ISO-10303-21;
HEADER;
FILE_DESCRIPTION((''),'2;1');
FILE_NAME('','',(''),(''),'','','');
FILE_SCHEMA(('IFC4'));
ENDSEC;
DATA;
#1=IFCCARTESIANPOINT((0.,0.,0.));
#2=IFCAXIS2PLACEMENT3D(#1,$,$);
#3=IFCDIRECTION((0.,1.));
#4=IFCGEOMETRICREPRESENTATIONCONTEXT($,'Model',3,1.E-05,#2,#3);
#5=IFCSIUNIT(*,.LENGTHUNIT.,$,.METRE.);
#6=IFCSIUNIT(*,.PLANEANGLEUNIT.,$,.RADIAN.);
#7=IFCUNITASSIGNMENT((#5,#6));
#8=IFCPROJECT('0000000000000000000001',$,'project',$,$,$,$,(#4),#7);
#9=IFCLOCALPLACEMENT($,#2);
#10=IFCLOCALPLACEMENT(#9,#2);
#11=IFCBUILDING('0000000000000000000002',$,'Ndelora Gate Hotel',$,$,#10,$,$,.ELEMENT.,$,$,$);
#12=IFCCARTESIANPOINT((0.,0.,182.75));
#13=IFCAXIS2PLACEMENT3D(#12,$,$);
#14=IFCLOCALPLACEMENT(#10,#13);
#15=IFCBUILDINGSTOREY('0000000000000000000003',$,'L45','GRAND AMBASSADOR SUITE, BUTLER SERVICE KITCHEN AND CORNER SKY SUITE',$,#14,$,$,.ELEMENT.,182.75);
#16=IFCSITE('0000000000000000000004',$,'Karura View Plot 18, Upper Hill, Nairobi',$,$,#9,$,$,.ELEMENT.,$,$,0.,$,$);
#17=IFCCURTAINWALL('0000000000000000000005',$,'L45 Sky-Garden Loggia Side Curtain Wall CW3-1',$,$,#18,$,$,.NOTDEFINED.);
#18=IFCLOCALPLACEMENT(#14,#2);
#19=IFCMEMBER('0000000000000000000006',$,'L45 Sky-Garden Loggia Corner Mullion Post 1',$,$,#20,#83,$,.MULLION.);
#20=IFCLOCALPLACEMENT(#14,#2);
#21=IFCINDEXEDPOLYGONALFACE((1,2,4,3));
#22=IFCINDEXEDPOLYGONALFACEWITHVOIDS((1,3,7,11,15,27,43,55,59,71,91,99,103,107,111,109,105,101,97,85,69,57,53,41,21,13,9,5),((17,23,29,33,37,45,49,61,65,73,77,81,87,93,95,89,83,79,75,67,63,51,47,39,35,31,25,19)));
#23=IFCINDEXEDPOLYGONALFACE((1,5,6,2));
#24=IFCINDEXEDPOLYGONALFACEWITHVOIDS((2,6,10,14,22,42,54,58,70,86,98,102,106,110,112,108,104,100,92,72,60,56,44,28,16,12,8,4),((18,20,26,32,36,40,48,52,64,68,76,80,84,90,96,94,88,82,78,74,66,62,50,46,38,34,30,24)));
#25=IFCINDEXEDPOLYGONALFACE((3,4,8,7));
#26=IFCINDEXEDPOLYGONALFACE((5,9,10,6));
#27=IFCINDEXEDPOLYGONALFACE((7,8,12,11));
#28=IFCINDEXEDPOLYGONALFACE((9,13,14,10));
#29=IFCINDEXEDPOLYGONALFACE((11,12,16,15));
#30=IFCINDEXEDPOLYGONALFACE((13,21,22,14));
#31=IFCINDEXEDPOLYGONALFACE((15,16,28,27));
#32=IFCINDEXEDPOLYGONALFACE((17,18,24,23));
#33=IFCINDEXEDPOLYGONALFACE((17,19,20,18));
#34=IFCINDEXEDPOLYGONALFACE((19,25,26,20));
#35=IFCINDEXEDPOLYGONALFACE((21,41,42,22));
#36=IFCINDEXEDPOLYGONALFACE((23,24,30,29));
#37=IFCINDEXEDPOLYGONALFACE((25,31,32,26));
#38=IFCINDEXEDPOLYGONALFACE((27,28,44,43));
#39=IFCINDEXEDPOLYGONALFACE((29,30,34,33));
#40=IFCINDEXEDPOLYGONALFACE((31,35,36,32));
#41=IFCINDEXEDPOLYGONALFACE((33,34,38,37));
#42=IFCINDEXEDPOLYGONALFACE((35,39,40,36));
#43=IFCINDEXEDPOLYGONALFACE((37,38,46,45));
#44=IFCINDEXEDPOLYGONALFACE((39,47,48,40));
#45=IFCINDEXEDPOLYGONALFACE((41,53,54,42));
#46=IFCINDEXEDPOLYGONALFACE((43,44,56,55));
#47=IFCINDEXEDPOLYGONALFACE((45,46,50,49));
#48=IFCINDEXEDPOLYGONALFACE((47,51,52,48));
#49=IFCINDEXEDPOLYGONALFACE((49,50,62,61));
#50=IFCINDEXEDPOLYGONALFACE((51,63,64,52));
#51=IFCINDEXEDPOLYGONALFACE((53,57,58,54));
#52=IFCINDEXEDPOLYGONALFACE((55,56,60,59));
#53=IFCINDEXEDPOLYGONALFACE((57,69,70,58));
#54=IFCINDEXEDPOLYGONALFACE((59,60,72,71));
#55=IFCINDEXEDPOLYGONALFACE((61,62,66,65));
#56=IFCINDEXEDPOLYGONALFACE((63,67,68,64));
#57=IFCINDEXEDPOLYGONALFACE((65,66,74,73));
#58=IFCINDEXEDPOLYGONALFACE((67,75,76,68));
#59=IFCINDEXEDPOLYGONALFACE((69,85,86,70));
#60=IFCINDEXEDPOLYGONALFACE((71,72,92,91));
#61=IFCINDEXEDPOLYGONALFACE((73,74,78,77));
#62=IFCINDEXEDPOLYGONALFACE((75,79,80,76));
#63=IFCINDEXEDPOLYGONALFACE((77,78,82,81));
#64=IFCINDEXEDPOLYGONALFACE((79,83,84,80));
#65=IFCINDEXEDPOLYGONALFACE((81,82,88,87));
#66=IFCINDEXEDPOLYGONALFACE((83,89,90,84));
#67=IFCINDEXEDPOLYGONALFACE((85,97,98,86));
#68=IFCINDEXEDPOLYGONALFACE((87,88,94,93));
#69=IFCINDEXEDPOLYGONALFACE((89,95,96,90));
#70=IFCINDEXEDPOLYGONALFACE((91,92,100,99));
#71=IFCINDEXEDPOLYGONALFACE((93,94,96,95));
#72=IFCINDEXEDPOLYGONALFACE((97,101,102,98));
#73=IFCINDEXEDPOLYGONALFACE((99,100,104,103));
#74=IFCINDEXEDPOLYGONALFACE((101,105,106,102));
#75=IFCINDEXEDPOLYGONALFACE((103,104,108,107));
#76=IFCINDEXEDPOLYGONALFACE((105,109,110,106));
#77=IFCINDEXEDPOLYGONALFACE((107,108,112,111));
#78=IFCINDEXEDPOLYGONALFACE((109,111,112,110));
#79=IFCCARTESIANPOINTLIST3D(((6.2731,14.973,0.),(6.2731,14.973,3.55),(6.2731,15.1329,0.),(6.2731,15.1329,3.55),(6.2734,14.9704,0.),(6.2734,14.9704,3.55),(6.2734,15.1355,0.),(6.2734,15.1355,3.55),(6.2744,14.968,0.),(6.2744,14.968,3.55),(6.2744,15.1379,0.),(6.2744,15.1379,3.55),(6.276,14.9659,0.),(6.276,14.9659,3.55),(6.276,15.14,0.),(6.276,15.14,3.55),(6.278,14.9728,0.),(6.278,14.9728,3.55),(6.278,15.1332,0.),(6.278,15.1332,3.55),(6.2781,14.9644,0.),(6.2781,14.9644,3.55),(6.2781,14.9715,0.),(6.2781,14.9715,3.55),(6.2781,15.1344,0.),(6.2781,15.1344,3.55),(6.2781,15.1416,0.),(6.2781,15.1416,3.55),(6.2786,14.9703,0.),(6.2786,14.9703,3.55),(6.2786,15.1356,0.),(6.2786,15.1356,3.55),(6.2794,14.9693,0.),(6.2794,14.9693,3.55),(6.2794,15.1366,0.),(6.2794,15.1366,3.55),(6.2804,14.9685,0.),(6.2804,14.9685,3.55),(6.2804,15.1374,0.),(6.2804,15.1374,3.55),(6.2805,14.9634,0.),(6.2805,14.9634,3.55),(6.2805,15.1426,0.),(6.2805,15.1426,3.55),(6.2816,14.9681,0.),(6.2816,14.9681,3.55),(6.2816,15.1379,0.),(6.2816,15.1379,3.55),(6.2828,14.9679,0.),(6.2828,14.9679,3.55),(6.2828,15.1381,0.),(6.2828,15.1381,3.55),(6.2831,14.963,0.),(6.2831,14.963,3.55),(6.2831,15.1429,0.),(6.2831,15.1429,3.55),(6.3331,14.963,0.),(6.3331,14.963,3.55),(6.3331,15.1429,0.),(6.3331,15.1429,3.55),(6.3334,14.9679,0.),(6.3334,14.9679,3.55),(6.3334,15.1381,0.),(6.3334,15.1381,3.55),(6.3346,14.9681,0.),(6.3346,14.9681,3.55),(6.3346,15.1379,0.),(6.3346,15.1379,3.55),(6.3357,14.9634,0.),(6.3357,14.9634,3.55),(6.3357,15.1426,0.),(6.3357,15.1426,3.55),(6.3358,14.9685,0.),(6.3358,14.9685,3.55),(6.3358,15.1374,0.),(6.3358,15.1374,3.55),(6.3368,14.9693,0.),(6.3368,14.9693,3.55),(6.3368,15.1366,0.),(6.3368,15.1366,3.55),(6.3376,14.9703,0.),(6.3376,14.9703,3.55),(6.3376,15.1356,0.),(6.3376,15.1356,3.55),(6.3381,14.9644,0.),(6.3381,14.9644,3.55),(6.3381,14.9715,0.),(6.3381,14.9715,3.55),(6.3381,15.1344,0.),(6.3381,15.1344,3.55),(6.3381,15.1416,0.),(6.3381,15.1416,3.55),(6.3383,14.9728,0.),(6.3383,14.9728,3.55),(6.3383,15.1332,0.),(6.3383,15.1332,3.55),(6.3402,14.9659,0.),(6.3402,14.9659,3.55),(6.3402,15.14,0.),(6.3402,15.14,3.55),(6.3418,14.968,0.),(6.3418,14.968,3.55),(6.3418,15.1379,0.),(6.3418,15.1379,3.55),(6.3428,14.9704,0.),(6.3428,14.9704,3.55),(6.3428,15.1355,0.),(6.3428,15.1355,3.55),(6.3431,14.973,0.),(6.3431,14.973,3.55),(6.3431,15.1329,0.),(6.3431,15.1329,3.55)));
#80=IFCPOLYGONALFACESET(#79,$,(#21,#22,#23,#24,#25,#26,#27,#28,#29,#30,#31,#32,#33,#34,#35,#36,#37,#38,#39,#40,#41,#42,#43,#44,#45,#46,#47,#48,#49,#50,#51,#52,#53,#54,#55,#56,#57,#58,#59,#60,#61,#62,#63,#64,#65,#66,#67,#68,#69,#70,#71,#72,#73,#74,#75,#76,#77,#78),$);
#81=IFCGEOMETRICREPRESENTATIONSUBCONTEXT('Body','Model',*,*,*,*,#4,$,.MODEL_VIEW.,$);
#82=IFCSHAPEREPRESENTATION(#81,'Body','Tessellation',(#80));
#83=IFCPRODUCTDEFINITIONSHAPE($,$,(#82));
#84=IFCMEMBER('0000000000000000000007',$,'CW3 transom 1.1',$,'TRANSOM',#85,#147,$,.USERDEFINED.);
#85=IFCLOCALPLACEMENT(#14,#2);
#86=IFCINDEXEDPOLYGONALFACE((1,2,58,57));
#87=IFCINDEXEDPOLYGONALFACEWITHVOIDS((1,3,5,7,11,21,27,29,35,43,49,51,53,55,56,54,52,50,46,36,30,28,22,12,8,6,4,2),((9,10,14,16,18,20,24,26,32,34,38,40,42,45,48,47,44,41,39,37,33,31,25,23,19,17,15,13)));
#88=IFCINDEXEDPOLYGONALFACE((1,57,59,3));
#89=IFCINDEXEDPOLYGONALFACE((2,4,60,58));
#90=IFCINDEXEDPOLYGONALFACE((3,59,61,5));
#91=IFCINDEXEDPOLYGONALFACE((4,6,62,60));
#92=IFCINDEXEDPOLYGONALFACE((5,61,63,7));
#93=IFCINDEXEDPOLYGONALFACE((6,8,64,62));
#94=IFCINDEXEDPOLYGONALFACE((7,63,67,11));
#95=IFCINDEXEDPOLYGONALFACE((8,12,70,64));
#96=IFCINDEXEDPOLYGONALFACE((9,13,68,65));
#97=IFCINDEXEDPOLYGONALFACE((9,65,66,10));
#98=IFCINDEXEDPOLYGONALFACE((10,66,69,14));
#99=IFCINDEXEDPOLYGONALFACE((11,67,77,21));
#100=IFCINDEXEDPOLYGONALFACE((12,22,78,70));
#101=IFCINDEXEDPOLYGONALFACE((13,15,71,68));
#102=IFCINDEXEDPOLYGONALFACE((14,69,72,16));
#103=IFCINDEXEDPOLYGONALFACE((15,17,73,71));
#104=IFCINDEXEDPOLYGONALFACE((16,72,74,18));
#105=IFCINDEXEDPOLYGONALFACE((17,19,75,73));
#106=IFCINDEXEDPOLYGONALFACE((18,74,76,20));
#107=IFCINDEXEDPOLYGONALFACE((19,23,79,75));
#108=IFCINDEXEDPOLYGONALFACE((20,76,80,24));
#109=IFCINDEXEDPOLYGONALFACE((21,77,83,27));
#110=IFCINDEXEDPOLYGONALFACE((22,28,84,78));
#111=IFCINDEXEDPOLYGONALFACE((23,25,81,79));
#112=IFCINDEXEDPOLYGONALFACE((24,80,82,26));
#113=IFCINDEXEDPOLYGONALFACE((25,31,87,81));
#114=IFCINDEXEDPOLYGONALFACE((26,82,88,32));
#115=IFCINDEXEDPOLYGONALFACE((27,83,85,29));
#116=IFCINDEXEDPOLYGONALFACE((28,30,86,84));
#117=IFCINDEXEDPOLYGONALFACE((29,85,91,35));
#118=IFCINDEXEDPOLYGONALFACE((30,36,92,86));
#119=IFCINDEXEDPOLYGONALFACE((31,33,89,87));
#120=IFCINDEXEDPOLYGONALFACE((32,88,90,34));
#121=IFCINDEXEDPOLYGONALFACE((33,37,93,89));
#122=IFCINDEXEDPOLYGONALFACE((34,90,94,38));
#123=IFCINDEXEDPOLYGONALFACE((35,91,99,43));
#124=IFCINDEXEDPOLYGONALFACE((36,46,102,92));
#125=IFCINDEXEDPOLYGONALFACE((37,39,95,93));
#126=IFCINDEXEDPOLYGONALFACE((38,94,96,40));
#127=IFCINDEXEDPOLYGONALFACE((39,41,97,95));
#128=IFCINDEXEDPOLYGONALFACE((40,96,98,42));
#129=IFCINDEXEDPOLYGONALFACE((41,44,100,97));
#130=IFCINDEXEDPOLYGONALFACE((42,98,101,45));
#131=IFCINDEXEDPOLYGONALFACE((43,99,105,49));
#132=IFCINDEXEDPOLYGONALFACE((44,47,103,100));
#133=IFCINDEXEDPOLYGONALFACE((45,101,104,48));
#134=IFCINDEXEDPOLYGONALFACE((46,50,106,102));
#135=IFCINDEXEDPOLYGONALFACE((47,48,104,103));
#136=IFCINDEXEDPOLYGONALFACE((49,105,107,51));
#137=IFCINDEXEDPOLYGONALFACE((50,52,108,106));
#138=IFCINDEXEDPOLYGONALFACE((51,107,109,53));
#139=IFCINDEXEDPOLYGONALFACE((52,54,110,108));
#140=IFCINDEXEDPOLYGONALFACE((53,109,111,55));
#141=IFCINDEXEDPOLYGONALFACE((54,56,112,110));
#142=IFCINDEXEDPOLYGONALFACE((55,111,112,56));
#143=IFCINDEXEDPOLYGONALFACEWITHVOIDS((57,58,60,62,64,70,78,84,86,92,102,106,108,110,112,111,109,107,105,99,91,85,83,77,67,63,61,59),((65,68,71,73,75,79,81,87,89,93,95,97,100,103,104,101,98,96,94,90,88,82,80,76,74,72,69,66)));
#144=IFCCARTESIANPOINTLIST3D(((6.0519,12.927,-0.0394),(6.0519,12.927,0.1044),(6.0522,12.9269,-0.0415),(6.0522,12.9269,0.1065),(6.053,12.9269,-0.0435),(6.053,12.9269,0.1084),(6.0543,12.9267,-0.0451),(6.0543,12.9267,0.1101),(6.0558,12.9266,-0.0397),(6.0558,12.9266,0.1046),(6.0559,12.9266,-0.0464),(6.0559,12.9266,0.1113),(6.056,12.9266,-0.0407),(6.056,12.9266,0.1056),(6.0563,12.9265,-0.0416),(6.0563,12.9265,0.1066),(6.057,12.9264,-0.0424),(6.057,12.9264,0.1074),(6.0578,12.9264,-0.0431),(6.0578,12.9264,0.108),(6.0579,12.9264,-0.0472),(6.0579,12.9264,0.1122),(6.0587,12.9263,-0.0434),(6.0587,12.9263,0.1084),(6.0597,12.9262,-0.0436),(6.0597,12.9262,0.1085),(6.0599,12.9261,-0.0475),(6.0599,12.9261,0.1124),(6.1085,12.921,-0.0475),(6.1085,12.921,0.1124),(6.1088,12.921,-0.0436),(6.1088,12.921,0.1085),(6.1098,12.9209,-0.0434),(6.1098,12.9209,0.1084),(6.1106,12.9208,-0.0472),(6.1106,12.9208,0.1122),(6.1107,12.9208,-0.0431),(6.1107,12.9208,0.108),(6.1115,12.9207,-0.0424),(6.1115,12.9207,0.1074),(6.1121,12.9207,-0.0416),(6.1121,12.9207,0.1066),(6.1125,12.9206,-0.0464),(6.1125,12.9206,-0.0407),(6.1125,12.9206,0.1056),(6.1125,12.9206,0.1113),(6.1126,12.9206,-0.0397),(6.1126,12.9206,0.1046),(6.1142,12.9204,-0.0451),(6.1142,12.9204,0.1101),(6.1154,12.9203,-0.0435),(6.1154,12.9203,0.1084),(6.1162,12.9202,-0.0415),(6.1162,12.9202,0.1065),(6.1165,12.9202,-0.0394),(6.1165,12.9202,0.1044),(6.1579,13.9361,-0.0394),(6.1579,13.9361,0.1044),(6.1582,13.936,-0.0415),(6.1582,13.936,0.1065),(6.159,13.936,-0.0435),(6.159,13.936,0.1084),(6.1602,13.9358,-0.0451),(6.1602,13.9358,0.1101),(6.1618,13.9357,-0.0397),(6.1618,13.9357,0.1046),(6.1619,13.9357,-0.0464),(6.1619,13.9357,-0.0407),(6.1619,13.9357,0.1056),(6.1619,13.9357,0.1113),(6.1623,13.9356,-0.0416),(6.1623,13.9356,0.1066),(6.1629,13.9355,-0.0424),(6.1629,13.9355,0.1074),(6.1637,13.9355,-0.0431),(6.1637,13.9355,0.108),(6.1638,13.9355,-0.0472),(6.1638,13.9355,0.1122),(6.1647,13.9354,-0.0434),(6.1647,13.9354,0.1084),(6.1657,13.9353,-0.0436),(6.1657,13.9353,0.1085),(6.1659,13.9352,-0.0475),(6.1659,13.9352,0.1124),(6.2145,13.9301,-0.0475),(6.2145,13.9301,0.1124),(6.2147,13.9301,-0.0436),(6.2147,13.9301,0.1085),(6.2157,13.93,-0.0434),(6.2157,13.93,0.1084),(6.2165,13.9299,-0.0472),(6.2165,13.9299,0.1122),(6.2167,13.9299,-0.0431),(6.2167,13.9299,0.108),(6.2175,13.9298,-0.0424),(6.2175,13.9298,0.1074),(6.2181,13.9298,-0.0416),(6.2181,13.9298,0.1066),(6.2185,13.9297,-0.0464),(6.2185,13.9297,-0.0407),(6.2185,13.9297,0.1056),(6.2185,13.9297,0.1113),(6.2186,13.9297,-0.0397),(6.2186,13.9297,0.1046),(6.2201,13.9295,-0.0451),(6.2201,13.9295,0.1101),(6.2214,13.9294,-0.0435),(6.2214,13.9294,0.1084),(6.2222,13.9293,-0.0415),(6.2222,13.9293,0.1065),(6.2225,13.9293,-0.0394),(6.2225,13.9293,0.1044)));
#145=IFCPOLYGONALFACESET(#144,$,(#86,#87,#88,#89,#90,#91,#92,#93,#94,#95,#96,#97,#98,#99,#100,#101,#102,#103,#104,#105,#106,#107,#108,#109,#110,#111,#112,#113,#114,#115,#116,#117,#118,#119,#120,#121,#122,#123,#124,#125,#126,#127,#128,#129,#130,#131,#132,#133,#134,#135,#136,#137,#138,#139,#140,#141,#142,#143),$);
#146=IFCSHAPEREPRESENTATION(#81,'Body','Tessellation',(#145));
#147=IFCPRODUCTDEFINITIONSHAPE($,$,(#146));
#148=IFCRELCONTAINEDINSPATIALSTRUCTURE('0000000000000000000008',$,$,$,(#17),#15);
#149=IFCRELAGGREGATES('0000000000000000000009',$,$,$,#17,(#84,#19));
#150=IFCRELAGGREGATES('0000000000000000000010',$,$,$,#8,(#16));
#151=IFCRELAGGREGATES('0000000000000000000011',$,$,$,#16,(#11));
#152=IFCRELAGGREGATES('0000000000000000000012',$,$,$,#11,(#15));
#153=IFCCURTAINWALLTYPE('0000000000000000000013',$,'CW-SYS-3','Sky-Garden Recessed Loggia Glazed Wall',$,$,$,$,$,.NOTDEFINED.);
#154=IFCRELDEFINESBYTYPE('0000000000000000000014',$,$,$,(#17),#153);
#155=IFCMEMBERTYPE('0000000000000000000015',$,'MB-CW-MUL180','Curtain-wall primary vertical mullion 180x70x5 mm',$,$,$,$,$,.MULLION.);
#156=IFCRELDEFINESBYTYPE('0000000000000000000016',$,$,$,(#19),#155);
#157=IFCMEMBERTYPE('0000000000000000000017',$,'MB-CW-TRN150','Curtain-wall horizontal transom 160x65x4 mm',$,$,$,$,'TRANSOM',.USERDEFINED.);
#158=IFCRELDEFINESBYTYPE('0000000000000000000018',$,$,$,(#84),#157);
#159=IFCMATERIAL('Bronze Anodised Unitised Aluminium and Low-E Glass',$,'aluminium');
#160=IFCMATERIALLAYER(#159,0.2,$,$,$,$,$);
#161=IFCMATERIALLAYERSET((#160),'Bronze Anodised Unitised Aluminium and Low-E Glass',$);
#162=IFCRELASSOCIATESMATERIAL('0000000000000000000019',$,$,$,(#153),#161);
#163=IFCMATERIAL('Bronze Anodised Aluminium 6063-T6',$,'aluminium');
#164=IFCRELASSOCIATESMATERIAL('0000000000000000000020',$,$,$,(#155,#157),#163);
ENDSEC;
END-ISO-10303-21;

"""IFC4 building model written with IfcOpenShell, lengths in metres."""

from ifc_helpers import new_model, si_unit, direction, frame, origin, origin_2d, place, context, subcontext, project, spatial, hollow_rectangle, extrude, material, layer, layer_set, material_profile, profile_set, type_object, element, aggregate, save


model = new_model("IFC4")

# Units and contexts
model_context = context("Model", 3, precision=1e-05, world=origin(), true_north=direction((0.0, 1.0)))
body_context = subcontext(model_context, "Body", "Model", "MODEL_VIEW")
ifc_project = project(units=[si_unit("LENGTHUNIT", "METRE"), si_unit("PLANEANGLEUNIT", "RADIAN")], contexts=[model_context])

# Site, building, storey
site_placement = place(None, origin())
site = spatial("IfcSite", under=ifc_project, at=site_placement, Name="Karura View Plot 18, Upper Hill, Nairobi", CompositionType="ELEMENT", RefElevation=0.0)
building_placement = place(site_placement, origin())
building = spatial("IfcBuilding", under=site, at=building_placement, Name="Ndelora Gate Hotel", CompositionType="ELEMENT")
storey_placement = place(building_placement, frame((0.0, 0.0, 182.75)))
storey = spatial("IfcBuildingStorey", under=building, at=storey_placement, Name="L45", Description="GRAND AMBASSADOR SUITE, BUTLER SERVICE KITCHEN AND CORNER SKY SUITE", CompositionType="ELEMENT", Elevation=182.75)

# Curtain wall, members
ifc_material_1 = material(Name="Bronze Anodised Unitised Aluminium and Low-E Glass", Category="aluminium")
ifc_layer_1 = layer(ifc_material_1, 0.2)
ifc_layer_set_1 = layer_set([ifc_layer_1], Name="Bronze Anodised Unitised Aluminium and Low-E Glass")
curtain_wall_type = type_object("IfcCurtainWallType", Name="CW-SYS-3", Description="Sky-Garden Recessed Loggia Glazed Wall", PredefinedType="NOTDEFINED", material=ifc_layer_set_1)
curtain_wall_placement = place(storey_placement, origin())
curtain_wall = element("IfcCurtainWall", 1, at=curtain_wall_placement, inside=storey, type_object=curtain_wall_type, Name="L45 Sky-Garden Loggia Side Curtain Wall CW3-1", PredefinedType="NOTDEFINED")
ifc_material_2 = material(Name="Bronze Anodised Aluminium 6063-T6", Category="aluminium")
ifc_material_profile_1 = material_profile(ifc_material_2, hollow_rectangle(XDim=0.0701, YDim=0.1799, WallThickness=0.0049, InnerFilletRadius=0.0049, OuterFilletRadius=0.01, at=origin_2d()), Name="ALU 180x70x5")
ifc_profile_set_1 = profile_set([ifc_material_profile_1], Name="Bronze Anodised Aluminium 6063-T6")
member_type_1 = type_object("IfcMemberType", Name="MB-CW-MUL180", Description="Curtain-wall primary vertical mullion 180x70x5 mm", PredefinedType="MULLION", material=ifc_profile_set_1)
member_1_placement = place(storey_placement, frame((6.3081, 15.053, 0.0), z_axis=(0.0, 0.0, 1.0), x_axis=(1.0, 0.0, 0.0)))
member_1 = element("IfcMember", 2, at=member_1_placement, type_object=member_type_1, Name="L45 Sky-Garden Loggia Corner Mullion Post 1", PredefinedType="MULLION", context=body_context, shape_type="SweptSolid", body=[
    extrude(hollow_rectangle(XDim=0.0701, YDim=0.1799, WallThickness=0.0049, InnerFilletRadius=0.0049, OuterFilletRadius=0.01, at=origin_2d()), origin(), (0.0, 0.0, 1.0), 3.55),
])
ifc_material_profile_2 = material_profile(ifc_material_2, hollow_rectangle(XDim=0.0649, YDim=0.1599, WallThickness=0.0039, InnerFilletRadius=0.0039, OuterFilletRadius=0.0081, at=origin_2d()), Name="ALU 160x65x4")
ifc_profile_set_2 = profile_set([ifc_material_profile_2], Name="Bronze Anodised Aluminium 6063-T6")
member_type_2 = type_object("IfcMemberType", Name="MB-CW-TRN150", Description="Curtain-wall horizontal transom 160x65x4 mm", ElementType="TRANSOM", PredefinedType="USERDEFINED", material=ifc_profile_set_2)
member_2_placement = place(storey_placement, frame((6.0842, 12.9236, 0.0325), z_axis=(0.104434, 0.994532, 0.0), x_axis=(-0.994532, 0.104434, 0.0)))
member_2 = element("IfcMember", 3, at=member_2_placement, type_object=member_type_2, Name="CW3 transom 1.1", ObjectType="TRANSOM", PredefinedType="USERDEFINED", context=body_context, shape_type="SweptSolid", body=[
    extrude(hollow_rectangle(XDim=0.0649, YDim=0.1599, WallThickness=0.0039, InnerFilletRadius=0.0039, OuterFilletRadius=0.0081, at=origin_2d()), origin(), (0.0, 0.0, 1.0), 1.0146),
])
aggregate(curtain_wall, [member_2, member_1])

save(model, "model.ifc")
